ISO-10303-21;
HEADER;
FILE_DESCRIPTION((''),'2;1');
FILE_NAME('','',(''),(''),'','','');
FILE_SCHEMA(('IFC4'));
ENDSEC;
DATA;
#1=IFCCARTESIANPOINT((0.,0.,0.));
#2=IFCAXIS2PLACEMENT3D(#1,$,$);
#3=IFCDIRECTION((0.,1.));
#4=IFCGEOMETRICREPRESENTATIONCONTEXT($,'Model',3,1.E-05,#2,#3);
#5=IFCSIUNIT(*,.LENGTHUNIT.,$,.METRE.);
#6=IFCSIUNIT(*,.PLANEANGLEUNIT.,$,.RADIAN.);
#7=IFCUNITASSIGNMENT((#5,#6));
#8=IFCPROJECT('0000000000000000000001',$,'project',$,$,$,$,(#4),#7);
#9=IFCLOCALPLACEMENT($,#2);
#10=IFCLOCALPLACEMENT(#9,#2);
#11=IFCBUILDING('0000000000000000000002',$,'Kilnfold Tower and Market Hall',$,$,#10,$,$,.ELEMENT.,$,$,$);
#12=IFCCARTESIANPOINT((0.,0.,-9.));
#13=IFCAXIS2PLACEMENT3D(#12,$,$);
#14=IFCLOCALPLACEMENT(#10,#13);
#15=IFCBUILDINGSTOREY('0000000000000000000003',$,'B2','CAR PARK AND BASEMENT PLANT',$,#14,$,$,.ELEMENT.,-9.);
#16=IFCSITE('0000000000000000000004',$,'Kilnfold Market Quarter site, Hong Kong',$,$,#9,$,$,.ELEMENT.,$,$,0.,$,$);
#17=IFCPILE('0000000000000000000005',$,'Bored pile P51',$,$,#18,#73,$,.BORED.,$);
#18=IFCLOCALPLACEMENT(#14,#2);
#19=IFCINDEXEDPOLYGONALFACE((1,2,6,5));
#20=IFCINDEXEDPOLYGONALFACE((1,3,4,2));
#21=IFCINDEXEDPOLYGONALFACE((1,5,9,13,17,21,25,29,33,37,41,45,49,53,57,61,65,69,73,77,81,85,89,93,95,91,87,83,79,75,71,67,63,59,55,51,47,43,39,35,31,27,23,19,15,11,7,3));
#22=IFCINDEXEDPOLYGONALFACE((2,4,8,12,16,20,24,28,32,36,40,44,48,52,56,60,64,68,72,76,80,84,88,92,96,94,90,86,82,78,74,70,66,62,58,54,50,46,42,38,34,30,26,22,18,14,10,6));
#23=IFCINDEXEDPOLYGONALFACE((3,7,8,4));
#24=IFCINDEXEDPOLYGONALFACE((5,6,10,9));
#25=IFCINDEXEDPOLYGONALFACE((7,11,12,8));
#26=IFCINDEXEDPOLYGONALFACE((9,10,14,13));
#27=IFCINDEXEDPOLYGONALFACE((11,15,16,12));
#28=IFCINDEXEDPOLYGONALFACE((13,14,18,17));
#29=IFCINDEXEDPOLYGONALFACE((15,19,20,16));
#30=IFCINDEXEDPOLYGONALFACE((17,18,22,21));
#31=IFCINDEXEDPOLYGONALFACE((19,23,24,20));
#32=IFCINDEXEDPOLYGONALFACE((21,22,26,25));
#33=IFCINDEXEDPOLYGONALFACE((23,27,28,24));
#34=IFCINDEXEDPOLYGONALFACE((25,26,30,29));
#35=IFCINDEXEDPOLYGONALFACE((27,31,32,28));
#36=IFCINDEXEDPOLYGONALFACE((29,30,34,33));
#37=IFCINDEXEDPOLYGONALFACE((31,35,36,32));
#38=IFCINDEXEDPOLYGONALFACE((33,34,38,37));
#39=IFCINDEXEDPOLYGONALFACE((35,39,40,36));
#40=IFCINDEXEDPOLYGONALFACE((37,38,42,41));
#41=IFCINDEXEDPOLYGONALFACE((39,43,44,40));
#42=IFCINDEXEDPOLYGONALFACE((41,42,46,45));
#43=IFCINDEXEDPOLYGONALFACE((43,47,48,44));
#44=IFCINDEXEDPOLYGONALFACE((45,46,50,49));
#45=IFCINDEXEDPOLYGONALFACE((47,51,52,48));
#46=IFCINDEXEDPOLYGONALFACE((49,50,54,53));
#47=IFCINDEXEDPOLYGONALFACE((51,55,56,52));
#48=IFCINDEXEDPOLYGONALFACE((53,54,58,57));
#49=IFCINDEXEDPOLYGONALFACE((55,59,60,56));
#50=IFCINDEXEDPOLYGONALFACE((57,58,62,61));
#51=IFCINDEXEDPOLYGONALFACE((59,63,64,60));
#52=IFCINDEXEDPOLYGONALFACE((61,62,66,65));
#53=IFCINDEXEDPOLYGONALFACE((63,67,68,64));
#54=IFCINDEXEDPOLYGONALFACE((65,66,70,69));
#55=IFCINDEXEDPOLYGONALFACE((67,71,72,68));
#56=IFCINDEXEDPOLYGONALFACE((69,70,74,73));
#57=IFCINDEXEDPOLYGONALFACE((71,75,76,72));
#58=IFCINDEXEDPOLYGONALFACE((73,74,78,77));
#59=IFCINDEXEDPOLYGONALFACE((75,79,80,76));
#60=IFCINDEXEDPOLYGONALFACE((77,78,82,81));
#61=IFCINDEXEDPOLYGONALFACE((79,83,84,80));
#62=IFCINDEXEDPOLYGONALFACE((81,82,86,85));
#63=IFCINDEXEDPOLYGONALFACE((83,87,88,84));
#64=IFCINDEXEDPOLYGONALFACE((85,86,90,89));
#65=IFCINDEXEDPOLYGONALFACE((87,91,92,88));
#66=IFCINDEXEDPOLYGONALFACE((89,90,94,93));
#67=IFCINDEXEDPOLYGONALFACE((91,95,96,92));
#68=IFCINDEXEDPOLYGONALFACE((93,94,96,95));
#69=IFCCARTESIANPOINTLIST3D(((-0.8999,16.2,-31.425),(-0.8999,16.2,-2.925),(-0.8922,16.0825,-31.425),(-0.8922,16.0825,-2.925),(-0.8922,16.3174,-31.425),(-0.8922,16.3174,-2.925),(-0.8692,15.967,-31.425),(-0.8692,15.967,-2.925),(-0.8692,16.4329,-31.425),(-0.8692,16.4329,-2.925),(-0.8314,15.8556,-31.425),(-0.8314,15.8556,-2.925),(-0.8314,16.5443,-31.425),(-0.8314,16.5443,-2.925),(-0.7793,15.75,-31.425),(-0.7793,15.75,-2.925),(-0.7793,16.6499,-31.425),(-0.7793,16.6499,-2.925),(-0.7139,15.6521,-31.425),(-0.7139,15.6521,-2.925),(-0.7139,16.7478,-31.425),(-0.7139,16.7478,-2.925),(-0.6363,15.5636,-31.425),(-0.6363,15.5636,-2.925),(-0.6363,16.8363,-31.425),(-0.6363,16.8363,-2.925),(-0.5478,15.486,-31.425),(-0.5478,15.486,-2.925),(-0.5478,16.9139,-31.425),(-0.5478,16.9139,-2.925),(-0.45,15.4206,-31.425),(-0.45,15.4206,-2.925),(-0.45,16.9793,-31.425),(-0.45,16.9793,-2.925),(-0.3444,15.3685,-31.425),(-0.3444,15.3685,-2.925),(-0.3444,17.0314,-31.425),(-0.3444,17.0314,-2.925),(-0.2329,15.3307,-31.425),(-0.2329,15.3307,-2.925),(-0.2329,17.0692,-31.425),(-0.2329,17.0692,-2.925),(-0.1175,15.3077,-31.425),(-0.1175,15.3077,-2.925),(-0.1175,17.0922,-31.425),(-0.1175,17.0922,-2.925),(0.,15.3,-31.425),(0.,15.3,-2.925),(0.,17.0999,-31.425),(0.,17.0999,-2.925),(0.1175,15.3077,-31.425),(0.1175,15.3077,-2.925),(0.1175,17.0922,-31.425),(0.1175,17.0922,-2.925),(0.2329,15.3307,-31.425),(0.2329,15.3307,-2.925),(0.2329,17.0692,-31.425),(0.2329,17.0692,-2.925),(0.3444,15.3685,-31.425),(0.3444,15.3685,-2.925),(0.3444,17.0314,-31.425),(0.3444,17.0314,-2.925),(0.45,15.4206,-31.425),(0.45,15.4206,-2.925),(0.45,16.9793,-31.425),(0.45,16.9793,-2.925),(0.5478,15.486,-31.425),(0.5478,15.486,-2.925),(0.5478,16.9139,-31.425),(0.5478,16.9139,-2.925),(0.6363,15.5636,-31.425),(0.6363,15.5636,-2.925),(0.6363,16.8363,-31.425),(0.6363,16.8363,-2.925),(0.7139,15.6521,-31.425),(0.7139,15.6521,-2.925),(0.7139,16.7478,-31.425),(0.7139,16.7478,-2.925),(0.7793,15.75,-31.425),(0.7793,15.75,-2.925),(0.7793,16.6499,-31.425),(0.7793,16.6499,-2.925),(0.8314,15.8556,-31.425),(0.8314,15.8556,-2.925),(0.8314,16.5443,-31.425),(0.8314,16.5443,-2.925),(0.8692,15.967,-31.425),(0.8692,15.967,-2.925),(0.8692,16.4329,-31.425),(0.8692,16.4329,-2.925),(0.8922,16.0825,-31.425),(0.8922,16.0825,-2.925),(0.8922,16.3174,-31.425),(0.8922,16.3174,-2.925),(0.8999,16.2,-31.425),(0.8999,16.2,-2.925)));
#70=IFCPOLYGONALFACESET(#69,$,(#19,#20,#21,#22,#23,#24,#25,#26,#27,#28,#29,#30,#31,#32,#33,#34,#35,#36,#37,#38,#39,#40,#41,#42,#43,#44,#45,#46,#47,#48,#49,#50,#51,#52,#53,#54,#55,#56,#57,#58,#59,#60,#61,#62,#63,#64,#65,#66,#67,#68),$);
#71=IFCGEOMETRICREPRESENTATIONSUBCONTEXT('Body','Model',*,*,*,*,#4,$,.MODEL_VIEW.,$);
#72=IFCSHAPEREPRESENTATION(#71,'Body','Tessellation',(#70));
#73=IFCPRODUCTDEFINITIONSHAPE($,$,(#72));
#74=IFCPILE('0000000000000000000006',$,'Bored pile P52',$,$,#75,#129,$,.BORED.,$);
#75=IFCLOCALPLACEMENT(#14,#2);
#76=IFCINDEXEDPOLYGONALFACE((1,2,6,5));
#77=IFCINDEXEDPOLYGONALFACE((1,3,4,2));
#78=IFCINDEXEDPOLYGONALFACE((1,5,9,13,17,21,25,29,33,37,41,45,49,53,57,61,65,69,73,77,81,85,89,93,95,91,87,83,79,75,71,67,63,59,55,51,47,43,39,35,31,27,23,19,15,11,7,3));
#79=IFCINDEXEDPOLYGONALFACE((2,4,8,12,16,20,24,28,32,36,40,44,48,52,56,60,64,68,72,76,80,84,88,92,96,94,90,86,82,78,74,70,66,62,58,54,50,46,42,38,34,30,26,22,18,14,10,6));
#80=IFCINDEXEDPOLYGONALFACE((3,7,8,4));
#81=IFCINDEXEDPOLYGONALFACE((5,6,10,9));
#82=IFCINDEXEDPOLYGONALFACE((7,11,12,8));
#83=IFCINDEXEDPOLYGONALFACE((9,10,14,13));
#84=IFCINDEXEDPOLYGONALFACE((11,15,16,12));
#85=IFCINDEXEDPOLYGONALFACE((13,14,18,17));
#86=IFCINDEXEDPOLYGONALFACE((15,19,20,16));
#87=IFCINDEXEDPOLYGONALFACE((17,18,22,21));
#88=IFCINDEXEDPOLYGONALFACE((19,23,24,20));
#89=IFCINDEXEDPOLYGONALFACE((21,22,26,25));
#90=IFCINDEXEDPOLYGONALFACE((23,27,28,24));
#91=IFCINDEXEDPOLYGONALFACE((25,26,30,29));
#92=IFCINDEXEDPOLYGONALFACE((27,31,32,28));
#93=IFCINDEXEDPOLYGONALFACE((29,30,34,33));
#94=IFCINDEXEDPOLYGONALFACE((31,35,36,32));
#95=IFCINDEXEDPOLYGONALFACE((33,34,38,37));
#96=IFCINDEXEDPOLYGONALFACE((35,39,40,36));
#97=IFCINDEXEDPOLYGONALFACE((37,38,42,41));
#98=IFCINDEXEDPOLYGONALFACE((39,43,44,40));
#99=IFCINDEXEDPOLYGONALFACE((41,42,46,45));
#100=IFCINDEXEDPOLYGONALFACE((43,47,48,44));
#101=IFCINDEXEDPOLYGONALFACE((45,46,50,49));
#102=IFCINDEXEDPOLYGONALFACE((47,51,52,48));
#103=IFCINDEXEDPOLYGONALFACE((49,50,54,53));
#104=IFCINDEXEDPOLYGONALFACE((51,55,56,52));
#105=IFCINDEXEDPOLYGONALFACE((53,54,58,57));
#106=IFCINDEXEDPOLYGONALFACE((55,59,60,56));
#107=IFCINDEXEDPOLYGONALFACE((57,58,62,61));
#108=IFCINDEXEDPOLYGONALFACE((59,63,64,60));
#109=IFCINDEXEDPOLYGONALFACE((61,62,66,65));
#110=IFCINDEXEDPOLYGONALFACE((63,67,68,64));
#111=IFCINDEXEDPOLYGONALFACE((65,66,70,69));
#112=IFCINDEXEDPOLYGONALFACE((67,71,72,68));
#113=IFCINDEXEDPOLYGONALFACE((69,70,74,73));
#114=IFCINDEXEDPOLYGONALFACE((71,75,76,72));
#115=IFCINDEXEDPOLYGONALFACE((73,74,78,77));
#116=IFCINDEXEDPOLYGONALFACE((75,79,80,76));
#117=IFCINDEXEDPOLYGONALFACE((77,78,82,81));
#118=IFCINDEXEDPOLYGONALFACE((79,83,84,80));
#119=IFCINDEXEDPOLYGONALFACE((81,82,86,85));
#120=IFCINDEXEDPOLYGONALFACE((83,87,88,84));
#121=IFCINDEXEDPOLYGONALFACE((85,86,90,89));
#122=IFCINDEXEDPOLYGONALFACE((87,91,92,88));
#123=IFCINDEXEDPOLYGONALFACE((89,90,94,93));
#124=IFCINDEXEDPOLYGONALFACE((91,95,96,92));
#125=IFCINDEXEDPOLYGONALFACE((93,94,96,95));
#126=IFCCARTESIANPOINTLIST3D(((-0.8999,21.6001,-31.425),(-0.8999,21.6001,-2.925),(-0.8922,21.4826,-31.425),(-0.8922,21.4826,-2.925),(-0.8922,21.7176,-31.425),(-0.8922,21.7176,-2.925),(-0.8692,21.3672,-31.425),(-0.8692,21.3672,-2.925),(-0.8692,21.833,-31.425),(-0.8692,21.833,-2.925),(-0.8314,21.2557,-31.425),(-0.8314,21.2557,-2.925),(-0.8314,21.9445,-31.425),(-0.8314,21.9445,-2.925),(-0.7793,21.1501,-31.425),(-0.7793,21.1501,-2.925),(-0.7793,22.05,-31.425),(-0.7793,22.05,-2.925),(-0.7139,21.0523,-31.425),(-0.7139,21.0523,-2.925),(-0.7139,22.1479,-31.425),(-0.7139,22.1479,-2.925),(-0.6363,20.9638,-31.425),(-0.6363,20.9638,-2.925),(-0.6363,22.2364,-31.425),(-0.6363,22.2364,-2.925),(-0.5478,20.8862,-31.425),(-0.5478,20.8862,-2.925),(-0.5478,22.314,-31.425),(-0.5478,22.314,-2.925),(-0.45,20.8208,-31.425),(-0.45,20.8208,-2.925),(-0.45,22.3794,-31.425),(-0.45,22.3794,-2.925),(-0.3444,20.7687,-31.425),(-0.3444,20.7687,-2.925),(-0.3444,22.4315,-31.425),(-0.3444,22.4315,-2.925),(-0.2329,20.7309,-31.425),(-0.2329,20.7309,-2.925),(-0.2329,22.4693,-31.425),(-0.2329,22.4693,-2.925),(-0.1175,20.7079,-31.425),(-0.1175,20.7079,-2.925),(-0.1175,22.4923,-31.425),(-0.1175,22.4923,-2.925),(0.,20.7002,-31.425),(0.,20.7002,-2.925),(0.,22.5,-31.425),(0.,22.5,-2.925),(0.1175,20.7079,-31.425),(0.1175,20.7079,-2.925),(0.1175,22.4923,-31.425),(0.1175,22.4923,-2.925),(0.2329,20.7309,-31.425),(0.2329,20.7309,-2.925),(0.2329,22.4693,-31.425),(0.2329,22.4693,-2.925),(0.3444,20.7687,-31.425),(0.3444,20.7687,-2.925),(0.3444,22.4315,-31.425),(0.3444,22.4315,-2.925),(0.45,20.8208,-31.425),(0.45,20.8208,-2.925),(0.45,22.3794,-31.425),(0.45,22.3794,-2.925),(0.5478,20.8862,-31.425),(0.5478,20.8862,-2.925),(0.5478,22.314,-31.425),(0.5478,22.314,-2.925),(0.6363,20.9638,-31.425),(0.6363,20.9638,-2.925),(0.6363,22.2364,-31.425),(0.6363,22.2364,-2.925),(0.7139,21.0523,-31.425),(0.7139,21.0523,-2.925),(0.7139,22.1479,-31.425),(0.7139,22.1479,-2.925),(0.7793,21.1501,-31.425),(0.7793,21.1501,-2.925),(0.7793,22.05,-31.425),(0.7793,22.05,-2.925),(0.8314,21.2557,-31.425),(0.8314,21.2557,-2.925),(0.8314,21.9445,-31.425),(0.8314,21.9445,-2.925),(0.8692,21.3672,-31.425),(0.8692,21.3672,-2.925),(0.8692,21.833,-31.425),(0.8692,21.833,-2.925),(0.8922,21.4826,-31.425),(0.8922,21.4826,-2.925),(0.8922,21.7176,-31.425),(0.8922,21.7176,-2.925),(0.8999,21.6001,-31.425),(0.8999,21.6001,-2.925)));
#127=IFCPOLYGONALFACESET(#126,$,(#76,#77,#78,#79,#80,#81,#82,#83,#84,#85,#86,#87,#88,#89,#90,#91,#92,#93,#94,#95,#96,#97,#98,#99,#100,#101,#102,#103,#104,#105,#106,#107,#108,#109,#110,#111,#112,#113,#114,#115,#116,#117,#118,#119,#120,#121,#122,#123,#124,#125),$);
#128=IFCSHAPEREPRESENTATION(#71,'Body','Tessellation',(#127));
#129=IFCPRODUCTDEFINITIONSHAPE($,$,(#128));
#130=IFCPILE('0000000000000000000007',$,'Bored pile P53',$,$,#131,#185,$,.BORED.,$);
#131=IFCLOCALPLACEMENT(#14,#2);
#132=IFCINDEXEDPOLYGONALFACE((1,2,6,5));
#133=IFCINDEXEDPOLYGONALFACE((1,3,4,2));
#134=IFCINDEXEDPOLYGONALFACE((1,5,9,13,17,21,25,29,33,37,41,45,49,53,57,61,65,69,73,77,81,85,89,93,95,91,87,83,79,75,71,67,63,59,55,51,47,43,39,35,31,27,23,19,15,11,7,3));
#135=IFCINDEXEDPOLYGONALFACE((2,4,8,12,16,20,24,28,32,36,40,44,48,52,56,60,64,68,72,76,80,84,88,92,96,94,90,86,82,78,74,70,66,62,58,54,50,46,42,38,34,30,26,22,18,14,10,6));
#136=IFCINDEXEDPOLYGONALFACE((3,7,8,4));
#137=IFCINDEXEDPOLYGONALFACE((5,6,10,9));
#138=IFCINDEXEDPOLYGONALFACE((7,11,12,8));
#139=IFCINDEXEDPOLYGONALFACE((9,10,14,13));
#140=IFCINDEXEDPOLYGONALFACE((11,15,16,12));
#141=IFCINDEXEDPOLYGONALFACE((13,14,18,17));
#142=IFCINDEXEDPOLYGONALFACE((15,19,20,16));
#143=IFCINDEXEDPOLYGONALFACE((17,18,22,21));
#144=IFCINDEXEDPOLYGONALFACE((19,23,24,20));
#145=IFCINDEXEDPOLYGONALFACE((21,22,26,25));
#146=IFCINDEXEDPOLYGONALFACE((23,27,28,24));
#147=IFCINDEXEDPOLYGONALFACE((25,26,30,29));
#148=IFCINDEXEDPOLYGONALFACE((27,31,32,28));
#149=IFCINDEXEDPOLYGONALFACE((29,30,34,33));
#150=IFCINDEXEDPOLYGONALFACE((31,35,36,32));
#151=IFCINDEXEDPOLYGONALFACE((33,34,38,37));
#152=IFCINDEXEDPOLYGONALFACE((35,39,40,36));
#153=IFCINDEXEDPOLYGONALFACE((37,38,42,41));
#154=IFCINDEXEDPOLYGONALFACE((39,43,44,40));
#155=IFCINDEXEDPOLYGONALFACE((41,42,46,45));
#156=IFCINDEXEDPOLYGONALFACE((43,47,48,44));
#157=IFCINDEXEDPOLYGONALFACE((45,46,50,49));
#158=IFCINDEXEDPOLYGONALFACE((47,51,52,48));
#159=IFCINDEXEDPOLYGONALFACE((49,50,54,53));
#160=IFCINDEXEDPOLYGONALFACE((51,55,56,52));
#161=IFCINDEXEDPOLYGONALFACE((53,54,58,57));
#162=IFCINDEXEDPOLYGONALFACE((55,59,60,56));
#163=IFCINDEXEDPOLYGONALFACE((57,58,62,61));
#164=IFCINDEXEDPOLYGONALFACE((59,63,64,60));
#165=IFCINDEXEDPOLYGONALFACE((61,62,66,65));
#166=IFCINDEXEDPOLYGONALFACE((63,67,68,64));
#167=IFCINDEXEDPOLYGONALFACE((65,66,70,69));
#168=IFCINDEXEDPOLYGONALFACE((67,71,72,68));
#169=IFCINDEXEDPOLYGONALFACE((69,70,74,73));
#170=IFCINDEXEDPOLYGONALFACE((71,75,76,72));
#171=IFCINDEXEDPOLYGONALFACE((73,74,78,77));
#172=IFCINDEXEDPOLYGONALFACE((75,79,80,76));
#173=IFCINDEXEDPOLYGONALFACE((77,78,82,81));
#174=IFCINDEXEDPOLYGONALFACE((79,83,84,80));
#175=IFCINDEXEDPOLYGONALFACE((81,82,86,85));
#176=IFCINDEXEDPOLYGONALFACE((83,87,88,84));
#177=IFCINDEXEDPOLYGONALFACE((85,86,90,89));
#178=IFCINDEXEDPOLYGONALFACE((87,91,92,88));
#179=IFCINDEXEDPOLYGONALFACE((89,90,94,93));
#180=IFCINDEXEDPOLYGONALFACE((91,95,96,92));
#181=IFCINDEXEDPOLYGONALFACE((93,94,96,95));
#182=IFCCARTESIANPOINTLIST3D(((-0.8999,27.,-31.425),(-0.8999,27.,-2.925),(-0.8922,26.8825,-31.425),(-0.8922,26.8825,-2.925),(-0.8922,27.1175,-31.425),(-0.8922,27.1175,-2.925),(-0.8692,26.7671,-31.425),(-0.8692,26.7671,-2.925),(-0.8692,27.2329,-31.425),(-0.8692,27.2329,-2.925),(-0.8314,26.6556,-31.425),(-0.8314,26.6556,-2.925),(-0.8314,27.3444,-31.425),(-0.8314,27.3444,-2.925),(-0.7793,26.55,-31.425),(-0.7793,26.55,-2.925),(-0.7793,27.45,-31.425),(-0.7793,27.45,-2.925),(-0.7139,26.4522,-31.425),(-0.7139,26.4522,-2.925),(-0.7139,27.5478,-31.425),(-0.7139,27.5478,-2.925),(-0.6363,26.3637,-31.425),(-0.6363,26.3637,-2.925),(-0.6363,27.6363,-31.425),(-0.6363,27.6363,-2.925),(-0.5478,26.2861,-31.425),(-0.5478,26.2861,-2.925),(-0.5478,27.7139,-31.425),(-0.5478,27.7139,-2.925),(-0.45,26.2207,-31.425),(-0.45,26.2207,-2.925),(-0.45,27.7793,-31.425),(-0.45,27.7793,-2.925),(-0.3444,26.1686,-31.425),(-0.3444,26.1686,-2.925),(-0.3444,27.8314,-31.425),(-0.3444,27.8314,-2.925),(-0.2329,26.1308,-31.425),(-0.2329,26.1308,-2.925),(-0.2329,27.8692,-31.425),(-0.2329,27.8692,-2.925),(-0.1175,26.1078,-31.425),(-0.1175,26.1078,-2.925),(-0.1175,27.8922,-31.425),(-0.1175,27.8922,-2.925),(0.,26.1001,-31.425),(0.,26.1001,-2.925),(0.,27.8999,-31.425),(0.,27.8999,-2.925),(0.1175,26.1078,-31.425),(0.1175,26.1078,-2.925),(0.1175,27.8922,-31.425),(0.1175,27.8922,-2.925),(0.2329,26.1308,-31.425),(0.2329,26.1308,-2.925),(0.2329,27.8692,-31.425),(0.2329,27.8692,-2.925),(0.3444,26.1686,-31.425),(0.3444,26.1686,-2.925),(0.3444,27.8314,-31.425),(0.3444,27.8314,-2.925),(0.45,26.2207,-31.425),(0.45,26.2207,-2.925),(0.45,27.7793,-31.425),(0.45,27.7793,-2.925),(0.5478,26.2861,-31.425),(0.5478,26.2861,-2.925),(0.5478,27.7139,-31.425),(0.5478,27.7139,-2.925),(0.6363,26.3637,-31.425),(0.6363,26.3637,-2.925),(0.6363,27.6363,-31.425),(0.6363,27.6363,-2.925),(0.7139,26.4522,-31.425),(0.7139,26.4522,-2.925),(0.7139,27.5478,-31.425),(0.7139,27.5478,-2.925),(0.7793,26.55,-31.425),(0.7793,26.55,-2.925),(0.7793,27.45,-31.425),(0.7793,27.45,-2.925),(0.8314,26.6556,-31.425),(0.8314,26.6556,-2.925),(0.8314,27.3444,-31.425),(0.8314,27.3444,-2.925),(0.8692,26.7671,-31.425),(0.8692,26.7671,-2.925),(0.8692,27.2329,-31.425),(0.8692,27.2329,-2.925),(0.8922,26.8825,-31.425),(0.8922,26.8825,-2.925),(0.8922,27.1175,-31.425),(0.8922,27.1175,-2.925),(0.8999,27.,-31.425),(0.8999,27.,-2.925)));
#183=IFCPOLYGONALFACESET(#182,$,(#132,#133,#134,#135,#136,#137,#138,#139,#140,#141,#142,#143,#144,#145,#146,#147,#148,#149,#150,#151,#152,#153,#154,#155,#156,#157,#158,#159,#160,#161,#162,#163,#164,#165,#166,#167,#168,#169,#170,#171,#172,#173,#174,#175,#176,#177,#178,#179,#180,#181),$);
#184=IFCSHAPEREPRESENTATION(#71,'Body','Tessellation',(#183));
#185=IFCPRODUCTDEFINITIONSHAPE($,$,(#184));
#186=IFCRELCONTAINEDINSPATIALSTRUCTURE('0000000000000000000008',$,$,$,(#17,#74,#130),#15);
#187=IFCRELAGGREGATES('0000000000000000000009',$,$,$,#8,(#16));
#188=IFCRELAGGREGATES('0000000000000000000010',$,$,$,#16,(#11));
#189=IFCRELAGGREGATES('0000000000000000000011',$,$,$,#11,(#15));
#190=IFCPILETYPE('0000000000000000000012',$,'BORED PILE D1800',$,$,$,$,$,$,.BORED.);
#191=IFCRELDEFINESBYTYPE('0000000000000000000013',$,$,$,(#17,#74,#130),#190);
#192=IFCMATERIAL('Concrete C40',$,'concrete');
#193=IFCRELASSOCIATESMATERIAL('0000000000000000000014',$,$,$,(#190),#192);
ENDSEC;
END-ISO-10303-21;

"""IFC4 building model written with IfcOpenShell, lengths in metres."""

from ifc_helpers import new_model, si_unit, direction, frame, origin, origin_2d, place, context, subcontext, project, spatial, circle, extrude, source, transform, mapped, material, material_profile, profile_set, type_object, element, save


model = new_model("IFC4")

# Units and contexts
model_context = context("Model", 3, precision=1e-05, world=origin(), true_north=direction((0.0, 1.0)))
body_context = subcontext(model_context, "Body", "Model", "MODEL_VIEW")
ifc_project = project(units=[si_unit("LENGTHUNIT", "METRE"), si_unit("PLANEANGLEUNIT", "RADIAN")], contexts=[model_context])

# Site, building, storey
site_placement = place(None, origin())
site = spatial("IfcSite", under=ifc_project, at=site_placement, Name="Kilnfold Market Quarter site, Hong Kong", CompositionType="ELEMENT", RefElevation=0.0)
building_placement = place(site_placement, origin())
building = spatial("IfcBuilding", under=site, at=building_placement, Name="Kilnfold Tower and Market Hall", CompositionType="ELEMENT")
storey_placement = place(building_placement, frame((0.0, 0.0, -9.0)))
storey = spatial("IfcBuildingStorey", under=building, at=storey_placement, Name="B2", Description="CAR PARK AND BASEMENT PLANT", CompositionType="ELEMENT", Elevation=-9.0)

# Piles
ifc_material_1 = material(Name="Concrete C40", Category="concrete")
ifc_material_profile_1 = material_profile(ifc_material_1, circle(Radius=0.8999, at=origin_2d()), Name="RC D1800")
ifc_profile_set_1 = profile_set([ifc_material_profile_1], Name="Concrete C40")
pile_type = type_object("IfcPileType", Name="BORED PILE D1800", PredefinedType="BORED", material=ifc_profile_set_1)
shared_shape_1 = source(origin(), body_context, "Body", "SweptSolid", [
    extrude(circle(Radius=0.8999, at=origin_2d()), origin(), (0.0, 0.0, 1.0), 28.5),
])
for number, where, z_axis, x_axis, name in (
    (1, (0.0, 16.2, -2.925), (0.0, 0.0, -1.0), (1.0, 0.0, 0.0), "Bored pile P51"),
    (2, (0.0, 21.6001, -2.925), (0.0, 0.0, -1.0), (1.0, 0.0, 0.0), "Bored pile P52"),
    (3, (0.0, 27.0, -2.925), (0.0, 0.0, -1.0), (1.0, 0.0, 0.0), "Bored pile P53"),
):
    element("IfcPile", number, at=place(storey_placement, frame(where, z_axis=z_axis, x_axis=x_axis)), inside=storey, type_object=pile_type, Name=name, PredefinedType="BORED", context=body_context, shape_type="MappedRepresentation", body=[
        mapped(shared_shape_1, transform((0.0, 0.0, 0.0))),
    ])

save(model, "model.ifc")
